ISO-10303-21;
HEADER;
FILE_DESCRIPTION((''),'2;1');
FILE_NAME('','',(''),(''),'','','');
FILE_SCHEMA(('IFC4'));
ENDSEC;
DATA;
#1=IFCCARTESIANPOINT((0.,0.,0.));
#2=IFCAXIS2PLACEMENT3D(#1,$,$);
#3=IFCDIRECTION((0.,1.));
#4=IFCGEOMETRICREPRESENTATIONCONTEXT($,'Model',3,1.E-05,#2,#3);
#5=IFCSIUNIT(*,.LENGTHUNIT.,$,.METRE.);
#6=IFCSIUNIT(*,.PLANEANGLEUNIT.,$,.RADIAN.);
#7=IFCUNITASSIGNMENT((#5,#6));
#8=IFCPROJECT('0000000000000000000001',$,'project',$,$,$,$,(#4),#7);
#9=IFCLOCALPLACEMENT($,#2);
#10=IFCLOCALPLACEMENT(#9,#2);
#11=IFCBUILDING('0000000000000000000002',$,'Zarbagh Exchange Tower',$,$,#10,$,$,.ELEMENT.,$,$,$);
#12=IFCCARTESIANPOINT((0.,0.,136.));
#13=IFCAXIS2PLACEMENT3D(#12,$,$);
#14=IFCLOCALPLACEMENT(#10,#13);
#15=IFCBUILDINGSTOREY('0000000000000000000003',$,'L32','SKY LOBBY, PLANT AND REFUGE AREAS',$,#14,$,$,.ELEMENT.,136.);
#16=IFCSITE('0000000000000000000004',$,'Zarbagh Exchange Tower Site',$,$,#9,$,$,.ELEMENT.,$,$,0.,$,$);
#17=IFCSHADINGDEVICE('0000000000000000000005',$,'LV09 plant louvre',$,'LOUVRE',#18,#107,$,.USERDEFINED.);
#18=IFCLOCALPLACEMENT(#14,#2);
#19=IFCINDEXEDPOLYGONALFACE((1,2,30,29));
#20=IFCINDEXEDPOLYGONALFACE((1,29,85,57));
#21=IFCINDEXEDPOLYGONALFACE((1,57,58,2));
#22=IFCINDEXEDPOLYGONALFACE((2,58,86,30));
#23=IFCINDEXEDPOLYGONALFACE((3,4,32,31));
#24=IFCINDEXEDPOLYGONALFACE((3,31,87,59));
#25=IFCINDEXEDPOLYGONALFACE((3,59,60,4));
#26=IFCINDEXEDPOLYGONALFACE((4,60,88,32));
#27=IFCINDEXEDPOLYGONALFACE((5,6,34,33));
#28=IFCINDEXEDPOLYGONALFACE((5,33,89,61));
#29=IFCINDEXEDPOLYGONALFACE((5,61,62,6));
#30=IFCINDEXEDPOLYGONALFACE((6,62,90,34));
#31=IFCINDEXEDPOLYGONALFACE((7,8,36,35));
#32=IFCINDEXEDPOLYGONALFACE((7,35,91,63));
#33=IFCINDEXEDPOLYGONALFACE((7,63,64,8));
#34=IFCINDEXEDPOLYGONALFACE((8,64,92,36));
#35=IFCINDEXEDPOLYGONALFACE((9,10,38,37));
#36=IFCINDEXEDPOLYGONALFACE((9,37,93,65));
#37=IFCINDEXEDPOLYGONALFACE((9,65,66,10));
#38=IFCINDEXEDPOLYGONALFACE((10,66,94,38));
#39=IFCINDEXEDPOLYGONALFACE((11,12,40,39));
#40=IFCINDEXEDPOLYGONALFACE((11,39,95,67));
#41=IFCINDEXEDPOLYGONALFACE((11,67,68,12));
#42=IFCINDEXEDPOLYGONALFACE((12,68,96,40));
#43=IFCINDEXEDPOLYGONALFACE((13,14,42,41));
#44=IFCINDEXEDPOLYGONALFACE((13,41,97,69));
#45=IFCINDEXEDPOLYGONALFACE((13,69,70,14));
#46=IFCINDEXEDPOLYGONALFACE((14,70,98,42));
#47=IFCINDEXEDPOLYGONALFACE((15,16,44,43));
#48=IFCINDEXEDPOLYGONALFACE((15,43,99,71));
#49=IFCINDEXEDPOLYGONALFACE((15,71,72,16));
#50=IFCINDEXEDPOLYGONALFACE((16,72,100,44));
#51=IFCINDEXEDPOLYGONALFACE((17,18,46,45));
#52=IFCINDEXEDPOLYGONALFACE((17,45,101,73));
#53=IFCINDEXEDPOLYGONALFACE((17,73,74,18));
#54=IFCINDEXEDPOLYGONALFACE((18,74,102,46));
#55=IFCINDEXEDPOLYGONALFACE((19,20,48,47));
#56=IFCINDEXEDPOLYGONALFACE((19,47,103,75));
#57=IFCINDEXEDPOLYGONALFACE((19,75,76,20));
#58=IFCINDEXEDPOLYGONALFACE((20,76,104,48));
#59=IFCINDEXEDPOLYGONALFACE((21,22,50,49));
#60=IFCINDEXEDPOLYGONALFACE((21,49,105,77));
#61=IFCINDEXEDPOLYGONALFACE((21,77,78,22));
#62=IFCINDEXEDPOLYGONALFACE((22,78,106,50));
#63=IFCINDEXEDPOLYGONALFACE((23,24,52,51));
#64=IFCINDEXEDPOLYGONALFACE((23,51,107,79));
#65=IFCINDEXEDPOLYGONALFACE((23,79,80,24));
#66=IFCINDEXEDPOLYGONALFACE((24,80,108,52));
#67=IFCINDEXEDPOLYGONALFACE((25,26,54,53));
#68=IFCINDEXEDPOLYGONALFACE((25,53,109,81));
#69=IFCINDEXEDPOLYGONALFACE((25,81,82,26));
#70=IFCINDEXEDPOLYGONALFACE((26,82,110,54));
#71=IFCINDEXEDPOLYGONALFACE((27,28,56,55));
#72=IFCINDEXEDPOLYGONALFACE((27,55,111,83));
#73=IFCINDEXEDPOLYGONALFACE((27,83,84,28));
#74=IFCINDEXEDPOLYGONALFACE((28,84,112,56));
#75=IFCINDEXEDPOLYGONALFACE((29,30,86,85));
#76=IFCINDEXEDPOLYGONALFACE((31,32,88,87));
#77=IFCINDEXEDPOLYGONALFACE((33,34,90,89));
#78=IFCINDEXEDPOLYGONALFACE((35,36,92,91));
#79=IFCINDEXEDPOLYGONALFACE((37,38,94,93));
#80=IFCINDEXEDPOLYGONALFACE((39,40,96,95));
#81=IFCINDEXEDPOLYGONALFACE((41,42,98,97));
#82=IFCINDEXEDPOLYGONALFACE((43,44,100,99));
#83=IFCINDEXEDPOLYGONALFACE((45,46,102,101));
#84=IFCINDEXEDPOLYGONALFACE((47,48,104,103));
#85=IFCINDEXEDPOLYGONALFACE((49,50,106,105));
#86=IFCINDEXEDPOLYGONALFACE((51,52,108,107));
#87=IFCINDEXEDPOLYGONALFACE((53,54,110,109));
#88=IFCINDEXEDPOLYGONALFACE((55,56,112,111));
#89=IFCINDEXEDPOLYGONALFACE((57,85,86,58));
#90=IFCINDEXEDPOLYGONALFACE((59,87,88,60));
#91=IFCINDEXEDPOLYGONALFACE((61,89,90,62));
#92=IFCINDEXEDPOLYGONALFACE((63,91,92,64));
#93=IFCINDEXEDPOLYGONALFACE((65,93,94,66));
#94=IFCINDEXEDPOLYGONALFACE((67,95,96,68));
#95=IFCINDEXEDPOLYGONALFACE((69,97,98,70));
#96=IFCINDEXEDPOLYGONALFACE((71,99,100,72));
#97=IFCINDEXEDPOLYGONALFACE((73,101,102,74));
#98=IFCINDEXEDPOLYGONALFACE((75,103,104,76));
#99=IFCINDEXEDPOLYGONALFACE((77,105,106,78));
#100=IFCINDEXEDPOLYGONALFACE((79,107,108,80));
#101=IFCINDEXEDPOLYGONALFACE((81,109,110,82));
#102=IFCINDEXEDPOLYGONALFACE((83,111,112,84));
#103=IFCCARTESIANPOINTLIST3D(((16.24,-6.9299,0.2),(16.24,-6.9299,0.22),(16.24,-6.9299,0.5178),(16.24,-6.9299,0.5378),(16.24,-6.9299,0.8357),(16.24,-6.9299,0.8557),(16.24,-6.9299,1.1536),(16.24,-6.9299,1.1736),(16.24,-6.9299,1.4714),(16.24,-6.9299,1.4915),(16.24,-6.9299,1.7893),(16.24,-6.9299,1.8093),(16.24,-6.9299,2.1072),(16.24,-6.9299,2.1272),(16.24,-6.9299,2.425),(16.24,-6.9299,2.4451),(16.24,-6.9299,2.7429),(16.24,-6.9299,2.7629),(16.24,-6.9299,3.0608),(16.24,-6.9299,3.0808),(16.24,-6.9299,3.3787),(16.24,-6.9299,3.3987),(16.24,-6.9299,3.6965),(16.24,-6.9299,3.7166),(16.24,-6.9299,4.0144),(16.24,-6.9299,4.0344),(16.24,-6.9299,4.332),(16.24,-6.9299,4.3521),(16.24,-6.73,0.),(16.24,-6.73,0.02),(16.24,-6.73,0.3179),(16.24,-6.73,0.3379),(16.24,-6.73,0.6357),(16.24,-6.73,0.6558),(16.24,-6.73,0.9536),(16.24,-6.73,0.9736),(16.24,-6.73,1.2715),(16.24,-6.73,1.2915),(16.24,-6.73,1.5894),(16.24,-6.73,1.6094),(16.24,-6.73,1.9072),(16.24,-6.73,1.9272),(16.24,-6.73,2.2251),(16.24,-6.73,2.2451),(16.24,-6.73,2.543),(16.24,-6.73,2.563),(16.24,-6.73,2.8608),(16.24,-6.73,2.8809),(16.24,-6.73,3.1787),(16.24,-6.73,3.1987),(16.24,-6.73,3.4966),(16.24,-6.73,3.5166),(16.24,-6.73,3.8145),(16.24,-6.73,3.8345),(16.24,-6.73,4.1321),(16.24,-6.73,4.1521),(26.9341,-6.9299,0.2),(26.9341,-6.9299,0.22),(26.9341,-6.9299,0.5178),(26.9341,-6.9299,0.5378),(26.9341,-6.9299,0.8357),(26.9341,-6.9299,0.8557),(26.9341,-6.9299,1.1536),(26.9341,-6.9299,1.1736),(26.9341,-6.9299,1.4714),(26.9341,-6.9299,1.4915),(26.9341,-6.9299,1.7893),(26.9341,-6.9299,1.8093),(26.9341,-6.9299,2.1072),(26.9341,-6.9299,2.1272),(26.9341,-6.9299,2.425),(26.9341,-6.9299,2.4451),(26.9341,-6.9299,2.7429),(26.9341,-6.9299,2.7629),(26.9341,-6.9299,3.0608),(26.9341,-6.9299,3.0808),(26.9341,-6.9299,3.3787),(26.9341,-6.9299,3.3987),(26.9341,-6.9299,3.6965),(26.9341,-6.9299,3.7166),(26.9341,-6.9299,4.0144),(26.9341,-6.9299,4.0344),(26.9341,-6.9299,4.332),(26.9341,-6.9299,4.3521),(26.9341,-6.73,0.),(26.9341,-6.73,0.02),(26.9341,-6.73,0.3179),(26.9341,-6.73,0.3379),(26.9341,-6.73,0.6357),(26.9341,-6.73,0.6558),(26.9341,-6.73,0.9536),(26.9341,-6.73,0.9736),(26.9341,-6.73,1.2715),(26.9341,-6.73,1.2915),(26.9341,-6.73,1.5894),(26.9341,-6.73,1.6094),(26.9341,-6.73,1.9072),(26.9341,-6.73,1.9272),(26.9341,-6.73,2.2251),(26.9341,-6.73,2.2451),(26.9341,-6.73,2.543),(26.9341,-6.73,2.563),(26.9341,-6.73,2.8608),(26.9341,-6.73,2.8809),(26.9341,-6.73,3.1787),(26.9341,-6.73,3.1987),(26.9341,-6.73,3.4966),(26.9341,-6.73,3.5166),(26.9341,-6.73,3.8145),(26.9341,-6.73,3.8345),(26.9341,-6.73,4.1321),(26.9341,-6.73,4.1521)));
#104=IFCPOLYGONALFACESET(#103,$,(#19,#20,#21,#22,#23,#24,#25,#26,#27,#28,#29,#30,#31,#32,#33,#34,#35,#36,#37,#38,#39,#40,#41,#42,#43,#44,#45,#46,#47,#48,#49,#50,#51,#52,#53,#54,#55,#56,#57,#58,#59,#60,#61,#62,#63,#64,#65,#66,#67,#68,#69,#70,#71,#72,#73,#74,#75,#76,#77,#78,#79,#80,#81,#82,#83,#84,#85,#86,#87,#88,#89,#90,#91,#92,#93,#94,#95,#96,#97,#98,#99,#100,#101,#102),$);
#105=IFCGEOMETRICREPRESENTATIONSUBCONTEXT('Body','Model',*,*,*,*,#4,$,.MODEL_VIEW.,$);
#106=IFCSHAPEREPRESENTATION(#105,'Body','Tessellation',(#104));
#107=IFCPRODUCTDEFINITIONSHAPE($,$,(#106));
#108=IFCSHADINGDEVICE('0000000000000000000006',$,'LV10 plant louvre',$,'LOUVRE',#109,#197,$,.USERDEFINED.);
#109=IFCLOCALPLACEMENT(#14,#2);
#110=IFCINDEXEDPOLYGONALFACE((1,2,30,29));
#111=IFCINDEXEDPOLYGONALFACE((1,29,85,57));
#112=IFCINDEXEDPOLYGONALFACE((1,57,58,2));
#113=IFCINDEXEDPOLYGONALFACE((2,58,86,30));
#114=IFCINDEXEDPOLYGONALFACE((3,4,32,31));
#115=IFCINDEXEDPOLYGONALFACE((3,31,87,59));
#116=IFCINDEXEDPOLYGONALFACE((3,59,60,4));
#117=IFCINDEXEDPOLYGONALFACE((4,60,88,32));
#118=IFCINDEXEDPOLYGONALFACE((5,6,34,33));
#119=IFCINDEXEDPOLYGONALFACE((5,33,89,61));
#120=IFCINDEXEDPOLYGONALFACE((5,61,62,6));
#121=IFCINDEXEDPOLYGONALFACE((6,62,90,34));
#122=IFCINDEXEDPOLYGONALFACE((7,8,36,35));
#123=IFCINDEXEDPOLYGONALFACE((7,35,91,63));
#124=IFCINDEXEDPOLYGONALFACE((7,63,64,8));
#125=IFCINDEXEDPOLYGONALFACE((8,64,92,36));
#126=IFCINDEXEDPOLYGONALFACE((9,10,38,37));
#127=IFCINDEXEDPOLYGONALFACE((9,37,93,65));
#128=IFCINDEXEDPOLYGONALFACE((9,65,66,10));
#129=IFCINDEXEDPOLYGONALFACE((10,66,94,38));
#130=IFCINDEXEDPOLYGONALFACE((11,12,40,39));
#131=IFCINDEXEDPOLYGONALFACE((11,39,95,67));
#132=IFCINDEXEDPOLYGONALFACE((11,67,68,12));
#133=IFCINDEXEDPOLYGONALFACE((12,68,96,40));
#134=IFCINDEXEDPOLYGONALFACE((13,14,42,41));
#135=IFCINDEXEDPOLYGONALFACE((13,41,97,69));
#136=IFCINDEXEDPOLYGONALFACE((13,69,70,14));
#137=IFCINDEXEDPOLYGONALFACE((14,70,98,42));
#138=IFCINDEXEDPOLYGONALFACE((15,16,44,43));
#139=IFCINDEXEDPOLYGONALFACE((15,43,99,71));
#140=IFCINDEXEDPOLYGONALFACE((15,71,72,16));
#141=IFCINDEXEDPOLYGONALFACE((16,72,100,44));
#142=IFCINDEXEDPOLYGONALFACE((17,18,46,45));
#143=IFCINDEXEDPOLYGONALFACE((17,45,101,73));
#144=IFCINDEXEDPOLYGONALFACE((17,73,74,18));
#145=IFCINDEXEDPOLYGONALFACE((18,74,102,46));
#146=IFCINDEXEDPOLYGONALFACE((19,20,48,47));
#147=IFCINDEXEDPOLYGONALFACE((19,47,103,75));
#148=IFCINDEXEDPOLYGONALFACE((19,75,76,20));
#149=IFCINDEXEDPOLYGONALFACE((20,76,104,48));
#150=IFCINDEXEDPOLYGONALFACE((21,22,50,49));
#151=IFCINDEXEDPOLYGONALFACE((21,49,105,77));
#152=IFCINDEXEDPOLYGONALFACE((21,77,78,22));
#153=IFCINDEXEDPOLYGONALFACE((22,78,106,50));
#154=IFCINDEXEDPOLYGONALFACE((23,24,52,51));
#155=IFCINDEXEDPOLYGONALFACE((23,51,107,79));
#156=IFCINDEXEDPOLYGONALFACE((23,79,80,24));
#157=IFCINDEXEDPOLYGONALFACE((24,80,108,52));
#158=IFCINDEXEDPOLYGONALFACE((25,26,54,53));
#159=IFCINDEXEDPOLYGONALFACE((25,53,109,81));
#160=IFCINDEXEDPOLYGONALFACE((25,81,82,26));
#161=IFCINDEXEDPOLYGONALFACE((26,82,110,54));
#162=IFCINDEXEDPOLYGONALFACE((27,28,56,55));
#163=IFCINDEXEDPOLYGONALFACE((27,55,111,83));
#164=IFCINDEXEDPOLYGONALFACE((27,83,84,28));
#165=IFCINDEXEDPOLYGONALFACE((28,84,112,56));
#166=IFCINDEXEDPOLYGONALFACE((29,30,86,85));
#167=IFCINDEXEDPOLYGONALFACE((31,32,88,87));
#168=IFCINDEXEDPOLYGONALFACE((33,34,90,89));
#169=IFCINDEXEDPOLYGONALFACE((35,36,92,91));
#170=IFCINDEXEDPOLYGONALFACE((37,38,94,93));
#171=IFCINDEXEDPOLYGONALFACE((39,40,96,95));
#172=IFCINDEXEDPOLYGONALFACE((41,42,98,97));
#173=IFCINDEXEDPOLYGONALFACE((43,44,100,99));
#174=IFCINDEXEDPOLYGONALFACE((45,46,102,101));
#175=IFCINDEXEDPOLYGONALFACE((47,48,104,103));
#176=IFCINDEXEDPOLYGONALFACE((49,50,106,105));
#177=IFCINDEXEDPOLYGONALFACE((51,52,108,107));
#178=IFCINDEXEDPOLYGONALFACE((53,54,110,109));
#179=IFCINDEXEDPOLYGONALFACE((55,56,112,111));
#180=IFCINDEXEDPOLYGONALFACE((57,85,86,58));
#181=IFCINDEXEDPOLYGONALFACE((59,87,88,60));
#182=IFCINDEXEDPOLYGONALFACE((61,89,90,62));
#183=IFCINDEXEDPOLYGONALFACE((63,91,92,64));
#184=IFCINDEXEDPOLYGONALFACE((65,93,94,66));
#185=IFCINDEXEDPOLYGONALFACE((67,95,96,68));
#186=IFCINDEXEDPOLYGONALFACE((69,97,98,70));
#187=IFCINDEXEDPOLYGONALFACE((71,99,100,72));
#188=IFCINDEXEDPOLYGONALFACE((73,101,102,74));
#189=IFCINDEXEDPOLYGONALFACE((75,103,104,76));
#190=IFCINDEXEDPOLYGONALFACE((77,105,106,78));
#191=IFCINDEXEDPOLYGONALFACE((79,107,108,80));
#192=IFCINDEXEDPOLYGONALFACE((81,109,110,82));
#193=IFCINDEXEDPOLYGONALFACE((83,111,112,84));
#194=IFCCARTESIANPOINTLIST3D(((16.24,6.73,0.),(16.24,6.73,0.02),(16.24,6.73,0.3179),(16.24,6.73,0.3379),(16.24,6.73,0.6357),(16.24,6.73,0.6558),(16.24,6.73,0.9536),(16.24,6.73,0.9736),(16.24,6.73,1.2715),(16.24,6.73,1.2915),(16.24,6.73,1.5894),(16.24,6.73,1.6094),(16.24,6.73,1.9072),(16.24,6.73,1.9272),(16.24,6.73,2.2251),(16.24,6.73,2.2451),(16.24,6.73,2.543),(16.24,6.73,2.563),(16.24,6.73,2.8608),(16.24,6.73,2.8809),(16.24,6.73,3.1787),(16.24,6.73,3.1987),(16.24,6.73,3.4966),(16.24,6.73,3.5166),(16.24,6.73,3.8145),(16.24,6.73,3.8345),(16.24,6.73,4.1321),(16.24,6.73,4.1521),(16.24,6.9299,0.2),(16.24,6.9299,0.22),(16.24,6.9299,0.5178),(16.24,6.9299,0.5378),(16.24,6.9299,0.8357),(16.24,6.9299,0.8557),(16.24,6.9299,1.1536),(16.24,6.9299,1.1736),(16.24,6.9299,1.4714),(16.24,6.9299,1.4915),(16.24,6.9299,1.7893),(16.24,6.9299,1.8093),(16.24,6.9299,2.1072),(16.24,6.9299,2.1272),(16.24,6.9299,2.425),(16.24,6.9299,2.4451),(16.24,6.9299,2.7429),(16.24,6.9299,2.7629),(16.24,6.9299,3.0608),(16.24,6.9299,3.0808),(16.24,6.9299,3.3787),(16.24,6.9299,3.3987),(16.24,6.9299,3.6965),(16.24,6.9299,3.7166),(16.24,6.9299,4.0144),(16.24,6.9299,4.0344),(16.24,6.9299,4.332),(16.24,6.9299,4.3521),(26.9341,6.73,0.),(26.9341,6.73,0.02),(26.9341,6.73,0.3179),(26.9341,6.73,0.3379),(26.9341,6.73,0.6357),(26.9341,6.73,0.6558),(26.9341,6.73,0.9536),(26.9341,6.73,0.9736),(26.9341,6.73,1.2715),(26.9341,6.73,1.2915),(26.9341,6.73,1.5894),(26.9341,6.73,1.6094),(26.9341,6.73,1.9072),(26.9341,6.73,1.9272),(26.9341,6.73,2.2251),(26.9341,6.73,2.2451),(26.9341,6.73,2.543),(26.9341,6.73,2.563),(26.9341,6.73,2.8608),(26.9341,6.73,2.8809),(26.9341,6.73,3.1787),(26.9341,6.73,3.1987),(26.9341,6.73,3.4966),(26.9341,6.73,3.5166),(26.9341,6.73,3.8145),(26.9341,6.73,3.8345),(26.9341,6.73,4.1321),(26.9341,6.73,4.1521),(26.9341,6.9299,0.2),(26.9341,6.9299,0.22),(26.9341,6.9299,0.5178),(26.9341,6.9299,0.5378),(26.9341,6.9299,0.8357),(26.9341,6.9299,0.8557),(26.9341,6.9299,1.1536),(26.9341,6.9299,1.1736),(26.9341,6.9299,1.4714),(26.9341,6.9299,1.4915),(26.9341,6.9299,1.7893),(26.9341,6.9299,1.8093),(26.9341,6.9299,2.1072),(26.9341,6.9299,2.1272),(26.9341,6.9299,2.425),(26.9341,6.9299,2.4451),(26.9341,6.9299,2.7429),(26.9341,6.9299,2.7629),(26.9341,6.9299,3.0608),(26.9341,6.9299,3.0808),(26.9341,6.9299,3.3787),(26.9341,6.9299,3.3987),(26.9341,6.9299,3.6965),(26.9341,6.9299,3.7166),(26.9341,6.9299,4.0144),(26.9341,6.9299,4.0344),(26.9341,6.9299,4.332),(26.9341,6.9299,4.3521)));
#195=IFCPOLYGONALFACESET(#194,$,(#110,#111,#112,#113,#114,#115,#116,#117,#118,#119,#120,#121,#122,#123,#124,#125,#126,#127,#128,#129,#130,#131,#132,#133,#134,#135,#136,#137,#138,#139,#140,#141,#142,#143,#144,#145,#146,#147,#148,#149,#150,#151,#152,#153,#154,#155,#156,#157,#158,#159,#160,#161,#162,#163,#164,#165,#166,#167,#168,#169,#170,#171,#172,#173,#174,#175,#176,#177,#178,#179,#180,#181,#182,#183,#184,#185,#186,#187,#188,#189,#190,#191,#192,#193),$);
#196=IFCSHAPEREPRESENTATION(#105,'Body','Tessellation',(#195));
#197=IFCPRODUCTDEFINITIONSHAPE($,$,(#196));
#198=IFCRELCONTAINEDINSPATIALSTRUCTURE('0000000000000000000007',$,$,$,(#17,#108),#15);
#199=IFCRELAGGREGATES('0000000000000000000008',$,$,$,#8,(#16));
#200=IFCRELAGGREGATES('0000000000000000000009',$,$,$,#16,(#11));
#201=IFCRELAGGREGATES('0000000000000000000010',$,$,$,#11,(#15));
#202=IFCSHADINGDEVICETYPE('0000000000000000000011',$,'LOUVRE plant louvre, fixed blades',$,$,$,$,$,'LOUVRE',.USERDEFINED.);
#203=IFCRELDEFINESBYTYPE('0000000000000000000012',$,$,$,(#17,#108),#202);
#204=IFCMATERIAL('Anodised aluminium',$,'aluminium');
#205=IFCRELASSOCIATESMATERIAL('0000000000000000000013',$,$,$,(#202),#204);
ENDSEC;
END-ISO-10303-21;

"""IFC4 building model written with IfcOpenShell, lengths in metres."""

from ifc_helpers import new_model, si_unit, direction, frame, origin, place, context, subcontext, project, spatial, polyline, outline, extrude, source, transform, mapped, material, type_object, element, save


model = new_model("IFC4")

# Units and contexts
model_context = context("Model", 3, precision=1e-05, world=origin(), true_north=direction((0.0, 1.0)))
body_context = subcontext(model_context, "Body", "Model", "MODEL_VIEW")
ifc_project = project(units=[si_unit("LENGTHUNIT", "METRE"), si_unit("PLANEANGLEUNIT", "RADIAN")], contexts=[model_context])

# Site, building, storey
site_placement = place(None, origin())
site = spatial("IfcSite", under=ifc_project, at=site_placement, Name="Zarbagh Exchange Tower Site", CompositionType="ELEMENT", RefElevation=0.0)
building_placement = place(site_placement, origin())
building = spatial("IfcBuilding", under=site, at=building_placement, Name="Zarbagh Exchange Tower", CompositionType="ELEMENT")
storey_placement = place(building_placement, frame((0.0, 0.0, 136.0)))
storey = spatial("IfcBuildingStorey", under=building, at=storey_placement, Name="L32", Description="SKY LOBBY, PLANT AND REFUGE AREAS", CompositionType="ELEMENT", Elevation=136.0)

# Shared definitions
placement = place(storey_placement, origin())

# Shared definitions
ifc_material_1 = material(Name="Anodised aluminium", Category="aluminium")
shading_device_type = type_object("IfcShadingDeviceType", Name="LOUVRE plant louvre, fixed blades", ElementType="LOUVRE", PredefinedType="USERDEFINED", material=ifc_material_1)

# Shading devices
shared_shape_1 = source(origin(), body_context, "Body", "SweptSolid", [
    extrude(outline(polyline([(0.0, 0.2), (0.2, 0.0), (0.2, -0.02), (0.0, 0.1799), (0.0, 0.2)])), origin(), (0.0, 0.0, 1.0), 10.6941),
])
element("IfcShadingDevice", 1, at=placement, inside=storey, type_object=shading_device_type, Name="LV09 plant louvre", ObjectType="LOUVRE", PredefinedType="USERDEFINED", context=body_context, shape_type="MappedRepresentation", body=[
    mapped(shared_shape_1, transform((16.24, -6.73, 0.2), x_axis=(0.0, -1.0, 0.0), y_axis=(0.0, 0.0, -1.0), z_axis=(1.0, 0.0, 0.0))),
    mapped(shared_shape_1, transform((16.24, -6.73, 0.5178), x_axis=(0.0, -1.0, 0.0), y_axis=(0.0, 0.0, -1.0), z_axis=(1.0, 0.0, 0.0))),
    mapped(shared_shape_1, transform((16.24, -6.73, 0.8357), x_axis=(0.0, -1.0, 0.0), y_axis=(0.0, 0.0, -1.0), z_axis=(1.0, 0.0, 0.0))),
    mapped(shared_shape_1, transform((16.24, -6.73, 1.1536), x_axis=(0.0, -1.0, 0.0), y_axis=(0.0, 0.0, -1.0), z_axis=(1.0, 0.0, 0.0))),
    mapped(shared_shape_1, transform((16.24, -6.73, 1.4714), x_axis=(0.0, -1.0, 0.0), y_axis=(0.0, 0.0, -1.0), z_axis=(1.0, 0.0, 0.0))),
    mapped(shared_shape_1, transform((16.24, -6.73, 1.7893), x_axis=(0.0, -1.0, 0.0), y_axis=(0.0, 0.0, -1.0), z_axis=(1.0, 0.0, 0.0))),
    mapped(shared_shape_1, transform((16.24, -6.73, 2.1072), x_axis=(0.0, -1.0, 0.0), y_axis=(0.0, 0.0, -1.0), z_axis=(1.0, 0.0, 0.0))),
    mapped(shared_shape_1, transform((16.24, -6.73, 2.425), x_axis=(0.0, -1.0, 0.0), y_axis=(0.0, 0.0, -1.0), z_axis=(1.0, 0.0, 0.0))),
    mapped(shared_shape_1, transform((16.24, -6.73, 2.7429), x_axis=(0.0, -1.0, 0.0), y_axis=(0.0, 0.0, -1.0), z_axis=(1.0, 0.0, 0.0))),
    mapped(shared_shape_1, transform((16.24, -6.73, 3.0608), x_axis=(0.0, -1.0, 0.0), y_axis=(0.0, 0.0, -1.0), z_axis=(1.0, 0.0, 0.0))),
    mapped(shared_shape_1, transform((16.24, -6.73, 3.3787), x_axis=(0.0, -1.0, 0.0), y_axis=(0.0, 0.0, -1.0), z_axis=(1.0, 0.0, 0.0))),
    mapped(shared_shape_1, transform((16.24, -6.73, 3.6965), x_axis=(0.0, -1.0, 0.0), y_axis=(0.0, 0.0, -1.0), z_axis=(1.0, 0.0, 0.0))),
    mapped(shared_shape_1, transform((16.24, -6.73, 4.0144), x_axis=(0.0, -1.0, 0.0), y_axis=(0.0, 0.0, -1.0), z_axis=(1.0, 0.0, 0.0))),
    mapped(shared_shape_1, transform((16.24, -6.73, 4.332), x_axis=(0.0, -1.0, 0.0), y_axis=(0.0, 0.0, -1.0), z_axis=(1.0, 0.0, 0.0))),
])
element("IfcShadingDevice", 2, at=placement, inside=storey, type_object=shading_device_type, Name="LV10 plant louvre", ObjectType="LOUVRE", PredefinedType="USERDEFINED", context=body_context, shape_type="MappedRepresentation", body=[
    mapped(shared_shape_1, transform((26.9341, 6.73, 0.2), x_axis=(0.0, 1.0, 0.0), y_axis=(0.0, 0.0, -1.0), z_axis=(-1.0, 0.0, 0.0))),
    mapped(shared_shape_1, transform((26.9341, 6.73, 0.5178), x_axis=(0.0, 1.0, 0.0), y_axis=(0.0, 0.0, -1.0), z_axis=(-1.0, 0.0, 0.0))),
    mapped(shared_shape_1, transform((26.9341, 6.73, 0.8357), x_axis=(0.0, 1.0, 0.0), y_axis=(0.0, 0.0, -1.0), z_axis=(-1.0, 0.0, 0.0))),
    mapped(shared_shape_1, transform((26.9341, 6.73, 1.1536), x_axis=(0.0, 1.0, 0.0), y_axis=(0.0, 0.0, -1.0), z_axis=(-1.0, 0.0, 0.0))),
    mapped(shared_shape_1, transform((26.9341, 6.73, 1.4714), x_axis=(0.0, 1.0, 0.0), y_axis=(0.0, 0.0, -1.0), z_axis=(-1.0, 0.0, 0.0))),
    mapped(shared_shape_1, transform((26.9341, 6.73, 1.7893), x_axis=(0.0, 1.0, 0.0), y_axis=(0.0, 0.0, -1.0), z_axis=(-1.0, 0.0, 0.0))),
    mapped(shared_shape_1, transform((26.9341, 6.73, 2.1072), x_axis=(0.0, 1.0, 0.0), y_axis=(0.0, 0.0, -1.0), z_axis=(-1.0, 0.0, 0.0))),
    mapped(shared_shape_1, transform((26.9341, 6.73, 2.425), x_axis=(0.0, 1.0, 0.0), y_axis=(0.0, 0.0, -1.0), z_axis=(-1.0, 0.0, 0.0))),
    mapped(shared_shape_1, transform((26.9341, 6.73, 2.7429), x_axis=(0.0, 1.0, 0.0), y_axis=(0.0, 0.0, -1.0), z_axis=(-1.0, 0.0, 0.0))),
    mapped(shared_shape_1, transform((26.9341, 6.73, 3.0608), x_axis=(0.0, 1.0, 0.0), y_axis=(0.0, 0.0, -1.0), z_axis=(-1.0, 0.0, 0.0))),
    mapped(shared_shape_1, transform((26.9341, 6.73, 3.3787), x_axis=(0.0, 1.0, 0.0), y_axis=(0.0, 0.0, -1.0), z_axis=(-1.0, 0.0, 0.0))),
    mapped(shared_shape_1, transform((26.9341, 6.73, 3.6965), x_axis=(0.0, 1.0, 0.0), y_axis=(0.0, 0.0, -1.0), z_axis=(-1.0, 0.0, 0.0))),
    mapped(shared_shape_1, transform((26.9341, 6.73, 4.0144), x_axis=(0.0, 1.0, 0.0), y_axis=(0.0, 0.0, -1.0), z_axis=(-1.0, 0.0, 0.0))),
    mapped(shared_shape_1, transform((26.9341, 6.73, 4.332), x_axis=(0.0, 1.0, 0.0), y_axis=(0.0, 0.0, -1.0), z_axis=(-1.0, 0.0, 0.0))),
])

save(model, "model.ifc")
